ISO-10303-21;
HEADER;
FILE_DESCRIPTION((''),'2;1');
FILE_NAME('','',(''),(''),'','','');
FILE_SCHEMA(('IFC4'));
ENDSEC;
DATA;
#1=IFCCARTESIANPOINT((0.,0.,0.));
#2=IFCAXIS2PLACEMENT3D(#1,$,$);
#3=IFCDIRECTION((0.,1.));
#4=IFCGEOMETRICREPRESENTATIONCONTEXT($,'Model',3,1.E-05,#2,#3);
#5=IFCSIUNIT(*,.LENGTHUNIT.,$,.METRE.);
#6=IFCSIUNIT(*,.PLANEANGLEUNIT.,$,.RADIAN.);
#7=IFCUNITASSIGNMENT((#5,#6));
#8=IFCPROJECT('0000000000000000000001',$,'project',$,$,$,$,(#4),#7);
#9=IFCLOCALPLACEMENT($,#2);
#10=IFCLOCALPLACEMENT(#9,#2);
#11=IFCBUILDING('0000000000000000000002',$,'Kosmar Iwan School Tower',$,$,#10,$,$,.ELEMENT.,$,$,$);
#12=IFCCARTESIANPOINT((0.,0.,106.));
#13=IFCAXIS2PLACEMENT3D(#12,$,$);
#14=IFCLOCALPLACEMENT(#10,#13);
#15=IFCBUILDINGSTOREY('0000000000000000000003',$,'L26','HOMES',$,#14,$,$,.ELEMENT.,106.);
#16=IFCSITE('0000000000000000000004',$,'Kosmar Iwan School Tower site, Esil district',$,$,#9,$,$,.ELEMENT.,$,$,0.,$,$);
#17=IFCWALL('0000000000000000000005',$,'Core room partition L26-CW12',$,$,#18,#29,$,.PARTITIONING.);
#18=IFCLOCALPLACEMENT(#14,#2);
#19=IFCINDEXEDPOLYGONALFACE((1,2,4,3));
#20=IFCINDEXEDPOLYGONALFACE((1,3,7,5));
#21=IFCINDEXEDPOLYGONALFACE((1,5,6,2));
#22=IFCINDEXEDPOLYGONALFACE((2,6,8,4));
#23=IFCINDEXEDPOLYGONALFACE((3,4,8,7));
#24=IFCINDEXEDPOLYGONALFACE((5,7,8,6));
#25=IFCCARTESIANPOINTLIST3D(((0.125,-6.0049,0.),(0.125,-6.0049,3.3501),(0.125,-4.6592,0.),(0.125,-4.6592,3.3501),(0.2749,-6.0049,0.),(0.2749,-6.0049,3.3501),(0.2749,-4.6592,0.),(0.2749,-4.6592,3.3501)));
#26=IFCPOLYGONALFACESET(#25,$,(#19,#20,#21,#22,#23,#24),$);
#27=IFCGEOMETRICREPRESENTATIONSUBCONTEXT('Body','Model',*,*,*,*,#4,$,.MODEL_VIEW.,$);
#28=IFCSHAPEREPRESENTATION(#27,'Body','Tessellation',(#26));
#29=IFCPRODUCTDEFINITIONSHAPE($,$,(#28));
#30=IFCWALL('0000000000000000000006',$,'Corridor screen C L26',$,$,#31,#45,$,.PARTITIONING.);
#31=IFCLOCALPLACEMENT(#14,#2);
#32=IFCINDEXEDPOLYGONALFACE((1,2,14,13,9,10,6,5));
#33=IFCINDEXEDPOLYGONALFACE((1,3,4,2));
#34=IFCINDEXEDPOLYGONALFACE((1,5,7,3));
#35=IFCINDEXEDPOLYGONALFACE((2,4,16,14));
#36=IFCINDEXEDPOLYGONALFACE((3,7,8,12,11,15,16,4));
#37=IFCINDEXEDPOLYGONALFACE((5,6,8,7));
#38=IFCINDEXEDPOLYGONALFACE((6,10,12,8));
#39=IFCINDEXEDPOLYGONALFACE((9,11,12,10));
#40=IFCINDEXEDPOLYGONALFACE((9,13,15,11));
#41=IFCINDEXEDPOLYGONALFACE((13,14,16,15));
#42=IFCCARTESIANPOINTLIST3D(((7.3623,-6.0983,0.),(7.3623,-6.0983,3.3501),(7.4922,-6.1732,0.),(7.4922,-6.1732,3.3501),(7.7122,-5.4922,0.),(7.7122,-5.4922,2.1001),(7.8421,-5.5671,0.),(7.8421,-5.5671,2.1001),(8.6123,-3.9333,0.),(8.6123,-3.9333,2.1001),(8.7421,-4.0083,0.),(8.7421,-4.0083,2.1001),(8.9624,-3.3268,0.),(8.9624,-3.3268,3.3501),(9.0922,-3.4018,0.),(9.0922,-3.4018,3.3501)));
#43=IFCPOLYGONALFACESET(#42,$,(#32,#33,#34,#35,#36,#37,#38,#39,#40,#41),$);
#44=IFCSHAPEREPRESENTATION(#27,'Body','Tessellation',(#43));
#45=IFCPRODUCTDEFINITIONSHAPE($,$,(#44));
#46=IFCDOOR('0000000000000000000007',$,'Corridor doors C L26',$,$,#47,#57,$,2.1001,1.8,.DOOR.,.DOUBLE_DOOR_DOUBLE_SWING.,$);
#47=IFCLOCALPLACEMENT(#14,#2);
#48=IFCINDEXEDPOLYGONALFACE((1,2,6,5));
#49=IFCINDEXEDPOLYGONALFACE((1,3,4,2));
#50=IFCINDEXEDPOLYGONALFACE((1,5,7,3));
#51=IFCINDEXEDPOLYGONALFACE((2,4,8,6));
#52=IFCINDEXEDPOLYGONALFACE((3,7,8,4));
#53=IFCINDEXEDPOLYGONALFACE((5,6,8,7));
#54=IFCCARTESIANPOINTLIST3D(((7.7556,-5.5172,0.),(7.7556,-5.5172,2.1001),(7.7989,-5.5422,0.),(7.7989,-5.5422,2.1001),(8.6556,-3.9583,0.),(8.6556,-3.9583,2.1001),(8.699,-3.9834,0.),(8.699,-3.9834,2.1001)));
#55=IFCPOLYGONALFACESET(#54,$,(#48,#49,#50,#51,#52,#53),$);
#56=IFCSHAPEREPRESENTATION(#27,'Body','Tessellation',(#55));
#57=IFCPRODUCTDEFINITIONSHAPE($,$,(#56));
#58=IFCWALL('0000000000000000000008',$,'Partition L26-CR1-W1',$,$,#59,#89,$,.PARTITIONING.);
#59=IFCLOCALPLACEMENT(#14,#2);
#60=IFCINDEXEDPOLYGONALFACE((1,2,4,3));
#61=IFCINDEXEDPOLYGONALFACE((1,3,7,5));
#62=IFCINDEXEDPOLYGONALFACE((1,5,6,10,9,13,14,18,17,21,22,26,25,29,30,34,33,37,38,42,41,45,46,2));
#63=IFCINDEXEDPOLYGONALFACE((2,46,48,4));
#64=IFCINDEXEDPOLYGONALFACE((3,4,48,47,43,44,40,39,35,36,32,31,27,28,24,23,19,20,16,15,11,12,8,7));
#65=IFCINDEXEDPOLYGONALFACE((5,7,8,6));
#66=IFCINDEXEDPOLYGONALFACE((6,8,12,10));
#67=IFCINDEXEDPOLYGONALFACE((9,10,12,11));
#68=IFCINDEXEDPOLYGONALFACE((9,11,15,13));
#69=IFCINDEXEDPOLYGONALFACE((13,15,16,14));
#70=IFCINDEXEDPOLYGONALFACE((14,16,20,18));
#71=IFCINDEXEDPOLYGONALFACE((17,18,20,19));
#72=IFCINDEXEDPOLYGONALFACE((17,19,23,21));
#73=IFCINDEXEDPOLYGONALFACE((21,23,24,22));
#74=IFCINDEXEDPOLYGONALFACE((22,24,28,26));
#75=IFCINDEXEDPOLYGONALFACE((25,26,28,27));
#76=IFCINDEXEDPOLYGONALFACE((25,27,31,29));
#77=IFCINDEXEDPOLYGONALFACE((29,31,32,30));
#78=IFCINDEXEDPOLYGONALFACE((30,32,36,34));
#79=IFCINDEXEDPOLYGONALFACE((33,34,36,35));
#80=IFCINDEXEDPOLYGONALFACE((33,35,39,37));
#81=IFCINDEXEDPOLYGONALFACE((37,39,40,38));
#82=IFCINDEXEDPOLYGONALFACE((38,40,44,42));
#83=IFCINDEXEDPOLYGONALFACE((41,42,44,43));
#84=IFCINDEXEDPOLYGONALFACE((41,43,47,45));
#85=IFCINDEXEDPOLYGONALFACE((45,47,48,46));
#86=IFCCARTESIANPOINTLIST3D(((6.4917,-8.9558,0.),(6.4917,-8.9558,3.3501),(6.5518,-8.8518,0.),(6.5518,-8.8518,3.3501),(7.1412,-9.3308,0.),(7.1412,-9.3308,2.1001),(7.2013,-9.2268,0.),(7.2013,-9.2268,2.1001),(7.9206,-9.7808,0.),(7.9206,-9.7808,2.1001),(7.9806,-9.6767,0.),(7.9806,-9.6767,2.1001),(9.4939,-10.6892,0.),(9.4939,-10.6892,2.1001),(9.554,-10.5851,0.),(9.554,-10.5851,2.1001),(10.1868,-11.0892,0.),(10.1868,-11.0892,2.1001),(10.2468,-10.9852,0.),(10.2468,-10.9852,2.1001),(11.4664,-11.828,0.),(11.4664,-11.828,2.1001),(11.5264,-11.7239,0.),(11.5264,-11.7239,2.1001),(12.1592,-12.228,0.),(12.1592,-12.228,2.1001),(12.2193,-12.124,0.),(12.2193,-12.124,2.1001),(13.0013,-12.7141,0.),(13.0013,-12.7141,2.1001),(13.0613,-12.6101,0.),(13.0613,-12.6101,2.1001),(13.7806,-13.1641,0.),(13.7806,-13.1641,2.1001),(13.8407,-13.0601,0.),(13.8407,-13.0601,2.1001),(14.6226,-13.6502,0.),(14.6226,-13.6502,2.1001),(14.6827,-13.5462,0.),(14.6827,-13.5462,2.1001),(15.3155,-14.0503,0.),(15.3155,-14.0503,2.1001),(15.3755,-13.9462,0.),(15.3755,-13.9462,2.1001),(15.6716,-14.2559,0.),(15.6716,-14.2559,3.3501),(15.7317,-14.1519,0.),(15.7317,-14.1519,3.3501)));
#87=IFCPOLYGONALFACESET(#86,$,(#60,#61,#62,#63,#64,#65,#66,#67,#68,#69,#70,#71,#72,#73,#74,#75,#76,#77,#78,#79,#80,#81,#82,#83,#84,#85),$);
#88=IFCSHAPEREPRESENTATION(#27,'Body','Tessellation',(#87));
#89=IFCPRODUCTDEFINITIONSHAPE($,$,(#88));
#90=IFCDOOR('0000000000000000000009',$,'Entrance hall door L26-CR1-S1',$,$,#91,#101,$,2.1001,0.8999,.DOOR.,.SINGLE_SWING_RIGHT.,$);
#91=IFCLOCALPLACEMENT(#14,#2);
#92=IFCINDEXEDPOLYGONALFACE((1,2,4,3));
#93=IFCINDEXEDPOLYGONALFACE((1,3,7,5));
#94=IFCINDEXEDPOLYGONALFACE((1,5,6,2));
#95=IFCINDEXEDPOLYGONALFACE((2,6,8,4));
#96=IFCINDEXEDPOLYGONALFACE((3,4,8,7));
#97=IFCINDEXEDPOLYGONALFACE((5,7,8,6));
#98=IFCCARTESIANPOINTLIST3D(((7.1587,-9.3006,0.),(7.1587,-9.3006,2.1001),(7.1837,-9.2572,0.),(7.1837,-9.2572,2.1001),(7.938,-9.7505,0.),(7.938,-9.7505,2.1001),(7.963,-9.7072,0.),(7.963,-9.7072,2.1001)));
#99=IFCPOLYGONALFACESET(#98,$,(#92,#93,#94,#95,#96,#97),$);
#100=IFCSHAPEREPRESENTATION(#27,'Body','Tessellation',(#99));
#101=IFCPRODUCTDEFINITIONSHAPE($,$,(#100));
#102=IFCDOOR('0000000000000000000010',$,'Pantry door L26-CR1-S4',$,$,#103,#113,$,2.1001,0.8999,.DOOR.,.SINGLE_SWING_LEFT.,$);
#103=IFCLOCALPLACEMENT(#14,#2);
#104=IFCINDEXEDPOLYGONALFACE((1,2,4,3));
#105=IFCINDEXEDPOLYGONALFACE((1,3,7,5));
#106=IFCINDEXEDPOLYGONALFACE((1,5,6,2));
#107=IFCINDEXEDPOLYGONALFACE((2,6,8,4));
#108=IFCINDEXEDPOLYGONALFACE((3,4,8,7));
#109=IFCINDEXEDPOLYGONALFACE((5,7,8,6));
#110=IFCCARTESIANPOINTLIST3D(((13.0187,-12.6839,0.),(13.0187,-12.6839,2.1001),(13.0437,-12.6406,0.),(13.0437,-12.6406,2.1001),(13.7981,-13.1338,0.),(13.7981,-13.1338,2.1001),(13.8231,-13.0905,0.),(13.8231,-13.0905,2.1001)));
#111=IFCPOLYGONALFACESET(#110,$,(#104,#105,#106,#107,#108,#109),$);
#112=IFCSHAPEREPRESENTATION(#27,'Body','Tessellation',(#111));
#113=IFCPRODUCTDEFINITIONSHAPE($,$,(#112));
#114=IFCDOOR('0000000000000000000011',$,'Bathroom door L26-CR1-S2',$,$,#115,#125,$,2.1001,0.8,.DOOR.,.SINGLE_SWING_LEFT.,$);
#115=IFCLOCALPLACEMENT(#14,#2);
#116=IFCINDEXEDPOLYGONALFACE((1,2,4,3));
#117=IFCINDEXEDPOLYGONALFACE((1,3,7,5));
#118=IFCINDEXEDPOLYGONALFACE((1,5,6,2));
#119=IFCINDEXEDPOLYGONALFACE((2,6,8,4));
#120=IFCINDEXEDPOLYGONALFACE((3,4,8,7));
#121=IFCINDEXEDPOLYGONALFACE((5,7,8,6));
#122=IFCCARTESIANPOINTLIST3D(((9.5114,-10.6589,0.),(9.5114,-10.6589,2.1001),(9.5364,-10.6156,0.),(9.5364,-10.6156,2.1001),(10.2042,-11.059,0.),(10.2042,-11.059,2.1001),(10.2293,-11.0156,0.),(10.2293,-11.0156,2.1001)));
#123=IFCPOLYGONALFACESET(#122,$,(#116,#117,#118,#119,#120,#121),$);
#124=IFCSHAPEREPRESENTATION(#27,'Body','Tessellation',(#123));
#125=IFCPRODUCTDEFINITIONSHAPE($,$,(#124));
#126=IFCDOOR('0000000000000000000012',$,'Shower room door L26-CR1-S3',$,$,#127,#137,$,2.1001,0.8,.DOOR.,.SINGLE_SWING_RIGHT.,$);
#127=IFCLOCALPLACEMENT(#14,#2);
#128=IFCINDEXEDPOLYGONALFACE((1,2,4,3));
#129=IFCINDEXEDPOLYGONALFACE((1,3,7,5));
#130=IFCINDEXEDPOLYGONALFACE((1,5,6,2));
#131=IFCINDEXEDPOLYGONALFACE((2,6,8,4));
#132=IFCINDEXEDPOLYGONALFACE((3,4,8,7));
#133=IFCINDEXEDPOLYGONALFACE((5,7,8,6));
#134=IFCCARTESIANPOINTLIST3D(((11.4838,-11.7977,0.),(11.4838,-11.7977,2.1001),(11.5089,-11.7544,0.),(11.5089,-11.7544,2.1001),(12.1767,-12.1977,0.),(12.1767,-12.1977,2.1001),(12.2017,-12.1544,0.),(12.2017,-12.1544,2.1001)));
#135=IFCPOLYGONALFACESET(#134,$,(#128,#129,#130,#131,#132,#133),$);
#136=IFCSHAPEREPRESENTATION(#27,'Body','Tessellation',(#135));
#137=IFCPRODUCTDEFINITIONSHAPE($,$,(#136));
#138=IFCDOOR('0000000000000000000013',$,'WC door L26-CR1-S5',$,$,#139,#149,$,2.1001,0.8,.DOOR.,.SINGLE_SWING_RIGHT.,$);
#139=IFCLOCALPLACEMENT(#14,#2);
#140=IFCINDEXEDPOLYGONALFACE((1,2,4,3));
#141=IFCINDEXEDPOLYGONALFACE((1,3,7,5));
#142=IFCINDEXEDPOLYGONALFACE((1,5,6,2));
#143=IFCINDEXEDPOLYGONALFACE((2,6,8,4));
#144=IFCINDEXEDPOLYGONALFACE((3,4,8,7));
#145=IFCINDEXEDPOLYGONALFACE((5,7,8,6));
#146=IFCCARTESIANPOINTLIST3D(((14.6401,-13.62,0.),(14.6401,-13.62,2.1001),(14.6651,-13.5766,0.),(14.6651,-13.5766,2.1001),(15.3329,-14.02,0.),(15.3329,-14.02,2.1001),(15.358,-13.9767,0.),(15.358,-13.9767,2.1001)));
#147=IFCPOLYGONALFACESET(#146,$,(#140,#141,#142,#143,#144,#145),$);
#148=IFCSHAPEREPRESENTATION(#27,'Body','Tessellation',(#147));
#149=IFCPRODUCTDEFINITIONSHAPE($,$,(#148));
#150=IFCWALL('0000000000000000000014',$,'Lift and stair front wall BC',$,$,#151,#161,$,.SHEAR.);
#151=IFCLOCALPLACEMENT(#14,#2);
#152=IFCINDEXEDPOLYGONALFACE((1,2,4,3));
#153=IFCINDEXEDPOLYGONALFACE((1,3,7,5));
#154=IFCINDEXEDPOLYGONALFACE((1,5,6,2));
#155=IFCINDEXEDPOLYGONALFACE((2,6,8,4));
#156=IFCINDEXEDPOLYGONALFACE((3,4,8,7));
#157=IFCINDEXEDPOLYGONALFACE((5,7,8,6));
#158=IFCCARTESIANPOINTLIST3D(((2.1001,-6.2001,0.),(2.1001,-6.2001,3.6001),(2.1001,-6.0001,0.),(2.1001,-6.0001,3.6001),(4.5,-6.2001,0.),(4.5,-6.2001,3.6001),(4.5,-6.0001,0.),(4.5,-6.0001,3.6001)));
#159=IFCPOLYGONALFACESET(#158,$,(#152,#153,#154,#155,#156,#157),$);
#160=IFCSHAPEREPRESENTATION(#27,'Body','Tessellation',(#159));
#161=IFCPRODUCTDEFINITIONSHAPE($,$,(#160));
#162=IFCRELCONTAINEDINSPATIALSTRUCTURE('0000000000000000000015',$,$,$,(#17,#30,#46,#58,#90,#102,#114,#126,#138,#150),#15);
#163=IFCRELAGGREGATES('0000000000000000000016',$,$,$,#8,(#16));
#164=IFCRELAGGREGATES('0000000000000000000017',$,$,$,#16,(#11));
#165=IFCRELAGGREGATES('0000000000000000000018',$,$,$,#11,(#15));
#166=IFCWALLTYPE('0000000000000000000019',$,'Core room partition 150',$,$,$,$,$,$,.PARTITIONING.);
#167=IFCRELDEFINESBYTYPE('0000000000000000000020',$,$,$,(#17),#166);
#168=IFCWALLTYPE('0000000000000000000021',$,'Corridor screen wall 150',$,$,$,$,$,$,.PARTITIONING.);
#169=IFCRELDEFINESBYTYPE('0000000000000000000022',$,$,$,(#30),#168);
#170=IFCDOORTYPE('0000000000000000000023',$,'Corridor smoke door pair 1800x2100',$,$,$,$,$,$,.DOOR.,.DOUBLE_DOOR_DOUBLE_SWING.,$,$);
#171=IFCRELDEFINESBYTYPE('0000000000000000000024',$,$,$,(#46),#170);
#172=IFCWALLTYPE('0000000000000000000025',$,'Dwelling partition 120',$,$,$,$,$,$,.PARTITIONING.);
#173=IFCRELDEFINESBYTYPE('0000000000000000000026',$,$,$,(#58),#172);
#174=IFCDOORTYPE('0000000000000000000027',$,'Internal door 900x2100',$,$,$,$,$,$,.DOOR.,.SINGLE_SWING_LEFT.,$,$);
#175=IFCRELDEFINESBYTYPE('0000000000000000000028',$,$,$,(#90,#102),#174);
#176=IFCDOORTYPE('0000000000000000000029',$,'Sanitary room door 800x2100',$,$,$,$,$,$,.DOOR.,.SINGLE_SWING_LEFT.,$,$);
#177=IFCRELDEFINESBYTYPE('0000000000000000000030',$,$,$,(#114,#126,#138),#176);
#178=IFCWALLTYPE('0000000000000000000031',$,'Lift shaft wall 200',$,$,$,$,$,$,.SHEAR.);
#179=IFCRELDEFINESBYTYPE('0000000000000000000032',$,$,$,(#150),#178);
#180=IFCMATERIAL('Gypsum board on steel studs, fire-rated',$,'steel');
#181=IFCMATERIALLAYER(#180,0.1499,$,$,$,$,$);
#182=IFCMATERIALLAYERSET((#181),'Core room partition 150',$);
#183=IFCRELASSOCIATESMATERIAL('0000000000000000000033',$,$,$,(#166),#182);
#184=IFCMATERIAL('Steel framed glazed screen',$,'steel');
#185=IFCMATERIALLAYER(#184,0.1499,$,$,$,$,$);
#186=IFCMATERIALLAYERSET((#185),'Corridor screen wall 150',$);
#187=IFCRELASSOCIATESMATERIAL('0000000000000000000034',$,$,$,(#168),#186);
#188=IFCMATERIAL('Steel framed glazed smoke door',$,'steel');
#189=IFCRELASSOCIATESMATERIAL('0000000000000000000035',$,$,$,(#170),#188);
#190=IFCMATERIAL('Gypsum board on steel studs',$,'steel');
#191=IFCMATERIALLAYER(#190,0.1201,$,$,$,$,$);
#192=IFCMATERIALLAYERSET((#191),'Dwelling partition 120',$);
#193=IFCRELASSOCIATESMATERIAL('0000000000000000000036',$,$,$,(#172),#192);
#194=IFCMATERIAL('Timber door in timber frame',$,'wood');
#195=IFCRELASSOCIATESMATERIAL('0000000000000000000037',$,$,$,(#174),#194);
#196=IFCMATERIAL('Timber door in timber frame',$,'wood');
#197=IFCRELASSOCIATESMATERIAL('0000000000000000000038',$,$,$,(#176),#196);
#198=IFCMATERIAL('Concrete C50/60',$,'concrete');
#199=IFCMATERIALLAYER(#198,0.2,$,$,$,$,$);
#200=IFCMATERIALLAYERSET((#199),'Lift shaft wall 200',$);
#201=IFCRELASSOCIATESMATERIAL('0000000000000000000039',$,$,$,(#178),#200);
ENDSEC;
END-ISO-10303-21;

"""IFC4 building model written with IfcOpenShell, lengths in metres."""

from ifc_helpers import new_model, si_unit, direction, frame, frame_2d, origin, place, context, subcontext, project, spatial, rectangle, extrude, material, layer, layer_set, type_object, element, fill, save


model = new_model("IFC4")

# Units and contexts
model_context = context("Model", 3, precision=1e-05, world=origin(), true_north=direction((0.0, 1.0)))
body_context = subcontext(model_context, "Body", "Model", "MODEL_VIEW")
ifc_project = project(units=[si_unit("LENGTHUNIT", "METRE"), si_unit("PLANEANGLEUNIT", "RADIAN")], contexts=[model_context])

# Site, building, storey
site_placement = place(None, origin())
site = spatial("IfcSite", under=ifc_project, at=site_placement, Name="Kosmar Iwan School Tower site, Esil district", CompositionType="ELEMENT", RefElevation=0.0)
building_placement = place(site_placement, origin())
building = spatial("IfcBuilding", under=site, at=building_placement, Name="Kosmar Iwan School Tower", CompositionType="ELEMENT")
storey_placement = place(building_placement, frame((0.0, 0.0, 106.0)))
storey = spatial("IfcBuildingStorey", under=building, at=storey_placement, Name="L26", Description="HOMES", CompositionType="ELEMENT", Elevation=106.0)

# Wall
ifc_material_1 = material(Name="Gypsum board on steel studs, fire-rated", Category="steel")
ifc_layer_1 = layer(ifc_material_1, 0.1499)
ifc_layer_set_1 = layer_set([ifc_layer_1], Name="Core room partition 150")
wall_type_1 = type_object("IfcWallType", Name="Core room partition 150", PredefinedType="PARTITIONING", material=ifc_layer_set_1)
wall_1_placement = place(storey_placement, frame((0.2, -6.0049, 0.0), z_axis=(0.0, 0.0, 1.0), x_axis=(0.0, 1.0, 0.0)))
element("IfcWall", 1, at=wall_1_placement, inside=storey, type_object=wall_type_1, Name="Core room partition L26-CW12", PredefinedType="PARTITIONING", context=body_context, shape_type="SweptSolid", body=[
    extrude(rectangle(XDim=1.3457, YDim=0.1499, at=frame_2d((0.6729, 0.0))), origin(), (0.0, 0.0, 1.0), 3.3501),
])

# Wall, opening, door
ifc_material_2 = material(Name="Steel framed glazed screen", Category="steel")
ifc_layer_2 = layer(ifc_material_2, 0.1499)
ifc_layer_set_2 = layer_set([ifc_layer_2], Name="Corridor screen wall 150")
wall_type_2 = type_object("IfcWallType", Name="Corridor screen wall 150", PredefinedType="PARTITIONING", material=ifc_layer_set_2)
wall_2_placement = place(storey_placement, frame((7.4272, -6.1357, 0.0), z_axis=(0.0, 0.0, 1.0), x_axis=(0.499995, 0.866028, 0.0)))
wall_2 = element("IfcWall", 2, at=wall_2_placement, inside=storey, type_object=wall_type_2, Name="Corridor screen C L26", PredefinedType="PARTITIONING", context=body_context, shape_type="SweptSolid", body=[
    extrude(rectangle(XDim=3.2002, YDim=0.1499, at=frame_2d((1.6001, 0.0))), origin(), (0.0, 0.0, 1.0), 3.3501),
])
opening_1_placement = place(wall_2_placement, frame((0.7, 0.0, 0.0)))
opening_1 = element("IfcOpeningElement", 3, at=opening_1_placement, cuts=wall_2, PredefinedType="OPENING", context=body_context, shape_type="SweptSolid", body=[
    extrude(rectangle(XDim=1.8, YDim=2.1001, at=frame_2d((0.8999, 1.05))), frame((0.0, 0.0869, 0.0), z_axis=(0.0, -1.0, 0.0), x_axis=(1.0, 0.0, 0.0)), (0.0, 0.0, 1.0), 0.1738),
])
ifc_material_3 = material(Name="Steel framed glazed smoke door", Category="steel")
door_type_1 = type_object("IfcDoorType", Name="Corridor smoke door pair 1800x2100", OperationType="DOUBLE_DOOR_DOUBLE_SWING", PredefinedType="DOOR", material=ifc_material_3)
door_1_placement = place(opening_1_placement, origin())
door_1 = element("IfcDoor", 4, at=door_1_placement, inside=storey, type_object=door_type_1, Name="Corridor doors C L26", OperationType="DOUBLE_DOOR_DOUBLE_SWING", OverallHeight=2.1001, OverallWidth=1.8, PredefinedType="DOOR", context=body_context, shape_type="SweptSolid", body=[
    extrude(rectangle(XDim=1.8, YDim=2.1001, at=frame_2d((0.8999, 1.05))), frame((0.0, 0.0249, 0.0), z_axis=(0.0, -1.0, 0.0), x_axis=(1.0, 0.0, 0.0)), (0.0, 0.0, 1.0), 0.05),
])
fill(opening_1, door_1)

# Wall, openings, doors
ifc_material_4 = material(Name="Gypsum board on steel studs", Category="steel")
ifc_layer_3 = layer(ifc_material_4, 0.1201)
ifc_layer_set_3 = layer_set([ifc_layer_3], Name="Dwelling partition 120")
wall_type_3 = type_object("IfcWallType", Name="Dwelling partition 120", PredefinedType="PARTITIONING", material=ifc_layer_set_3)
wall_3_placement = place(storey_placement, frame((6.5217, -8.9038, 0.0), z_axis=(0.0, 0.0, 1.0), x_axis=(0.866025, -0.500001, 0.0)))
wall_3 = element("IfcWall", 5, at=wall_3_placement, inside=storey, type_object=wall_type_3, Name="Partition L26-CR1-W1", PredefinedType="PARTITIONING", context=body_context, shape_type="SweptSolid", body=[
    extrude(rectangle(XDim=10.6001, YDim=0.1201, at=frame_2d((5.3, 0.0))), origin(), (0.0, 0.0, 1.0), 3.3501),
])
opening_2_placement = place(wall_3_placement, frame((0.75, 0.0, 0.0)))
opening_2 = element("IfcOpeningElement", 6, at=opening_2_placement, cuts=wall_3, PredefinedType="OPENING", context=body_context, shape_type="SweptSolid", body=[
    extrude(rectangle(XDim=0.8999, YDim=2.1001, at=frame_2d((0.45, 1.05))), frame((0.0, 0.072, 0.0), z_axis=(0.0, -1.0, 0.0), x_axis=(1.0, 0.0, 0.0)), (0.0, 0.0, 1.0), 0.144),
])
opening_3_placement = place(wall_3_placement, frame((3.4668, 0.0, 0.0)))
opening_3 = element("IfcOpeningElement", 7, at=opening_3_placement, cuts=wall_3, PredefinedType="OPENING", context=body_context, shape_type="SweptSolid", body=[
    extrude(rectangle(XDim=0.8, YDim=2.1001, at=frame_2d((0.3999, 1.05))), frame((0.0, 0.072, 0.0), z_axis=(0.0, -1.0, 0.0), x_axis=(1.0, 0.0, 0.0)), (0.0, 0.0, 1.0), 0.144),
])
opening_4_placement = place(wall_3_placement, frame((5.7444, 0.0, 0.0)))
opening_4 = element("IfcOpeningElement", 8, at=opening_4_placement, cuts=wall_3, PredefinedType="OPENING", context=body_context, shape_type="SweptSolid", body=[
    extrude(rectangle(XDim=0.8, YDim=2.1001, at=frame_2d((0.3999, 1.05))), frame((0.0, 0.072, 0.0), z_axis=(0.0, -1.0, 0.0), x_axis=(1.0, 0.0, 0.0)), (0.0, 0.0, 1.0), 0.144),
])
opening_5_placement = place(wall_3_placement, frame((7.5166, 0.0, 0.0)))
opening_5 = element("IfcOpeningElement", 9, at=opening_5_placement, cuts=wall_3, PredefinedType="OPENING", context=body_context, shape_type="SweptSolid", body=[
    extrude(rectangle(XDim=0.8999, YDim=2.1001, at=frame_2d((0.45, 1.05))), frame((0.0, 0.072, 0.0), z_axis=(0.0, -1.0, 0.0), x_axis=(1.0, 0.0, 0.0)), (0.0, 0.0, 1.0), 0.144),
])
opening_6_placement = place(wall_3_placement, frame((9.3889, 0.0, 0.0)))
opening_6 = element("IfcOpeningElement", 10, at=opening_6_placement, cuts=wall_3, PredefinedType="OPENING", context=body_context, shape_type="SweptSolid", body=[
    extrude(rectangle(XDim=0.8, YDim=2.1001, at=frame_2d((0.3999, 1.05))), frame((0.0, 0.072, 0.0), z_axis=(0.0, -1.0, 0.0), x_axis=(1.0, 0.0, 0.0)), (0.0, 0.0, 1.0), 0.144),
])
ifc_material_5 = material(Name="Timber door in timber frame", Category="wood")
door_type_2 = type_object("IfcDoorType", Name="Internal door 900x2100", OperationType="SINGLE_SWING_LEFT", PredefinedType="DOOR", material=ifc_material_5)
door_2_placement = place(opening_2_placement, origin())
door_2 = element("IfcDoor", 11, at=door_2_placement, inside=storey, type_object=door_type_2, Name="Entrance hall door L26-CR1-S1", OperationType="SINGLE_SWING_RIGHT", OverallHeight=2.1001, OverallWidth=0.8999, PredefinedType="DOOR", context=body_context, shape_type="SweptSolid", body=[
    extrude(rectangle(XDim=0.8999, YDim=2.1001, at=frame_2d((0.45, 1.05))), frame((0.0, 0.0249, 0.0), z_axis=(0.0, -1.0, 0.0), x_axis=(1.0, 0.0, 0.0)), (0.0, 0.0, 1.0), 0.05),
])
fill(opening_2, door_2)
door_3_placement = place(opening_5_placement, origin())
door_3 = element("IfcDoor", 12, at=door_3_placement, inside=storey, type_object=door_type_2, Name="Pantry door L26-CR1-S4", OperationType="SINGLE_SWING_LEFT", OverallHeight=2.1001, OverallWidth=0.8999, PredefinedType="DOOR", context=body_context, shape_type="SweptSolid", body=[
    extrude(rectangle(XDim=0.8999, YDim=2.1001, at=frame_2d((0.45, 1.05))), frame((0.0, 0.0249, 0.0), z_axis=(0.0, -1.0, 0.0), x_axis=(1.0, 0.0, 0.0)), (0.0, 0.0, 1.0), 0.05),
])
fill(opening_5, door_3)
ifc_material_6 = material(Name="Timber door in timber frame", Category="wood")
door_type_3 = type_object("IfcDoorType", Name="Sanitary room door 800x2100", OperationType="SINGLE_SWING_LEFT", PredefinedType="DOOR", material=ifc_material_6)
door_4_placement = place(opening_3_placement, origin())
door_4 = element("IfcDoor", 13, at=door_4_placement, inside=storey, type_object=door_type_3, Name="Bathroom door L26-CR1-S2", OperationType="SINGLE_SWING_LEFT", OverallHeight=2.1001, OverallWidth=0.8, PredefinedType="DOOR", context=body_context, shape_type="SweptSolid", body=[
    extrude(rectangle(XDim=0.8, YDim=2.1001, at=frame_2d((0.3999, 1.05))), frame((0.0, 0.0249, 0.0), z_axis=(0.0, -1.0, 0.0), x_axis=(1.0, 0.0, 0.0)), (0.0, 0.0, 1.0), 0.05),
])
fill(opening_3, door_4)
door_5_placement = place(opening_4_placement, origin())
door_5 = element("IfcDoor", 14, at=door_5_placement, inside=storey, type_object=door_type_3, Name="Shower room door L26-CR1-S3", OperationType="SINGLE_SWING_RIGHT", OverallHeight=2.1001, OverallWidth=0.8, PredefinedType="DOOR", context=body_context, shape_type="SweptSolid", body=[
    extrude(rectangle(XDim=0.8, YDim=2.1001, at=frame_2d((0.3999, 1.05))), frame((0.0, 0.0249, 0.0), z_axis=(0.0, -1.0, 0.0), x_axis=(1.0, 0.0, 0.0)), (0.0, 0.0, 1.0), 0.05),
])
fill(opening_4, door_5)
door_6_placement = place(opening_6_placement, origin())
door_6 = element("IfcDoor", 15, at=door_6_placement, inside=storey, type_object=door_type_3, Name="WC door L26-CR1-S5", OperationType="SINGLE_SWING_RIGHT", OverallHeight=2.1001, OverallWidth=0.8, PredefinedType="DOOR", context=body_context, shape_type="SweptSolid", body=[
    extrude(rectangle(XDim=0.8, YDim=2.1001, at=frame_2d((0.3999, 1.05))), frame((0.0, 0.0249, 0.0), z_axis=(0.0, -1.0, 0.0), x_axis=(1.0, 0.0, 0.0)), (0.0, 0.0, 1.0), 0.05),
])
fill(opening_6, door_6)

# Wall
ifc_material_7 = material(Name="Concrete C50/60", Category="concrete")
ifc_layer_4 = layer(ifc_material_7, 0.2)
ifc_layer_set_4 = layer_set([ifc_layer_4], Name="Lift shaft wall 200")
wall_type_4 = type_object("IfcWallType", Name="Lift shaft wall 200", PredefinedType="SHEAR", material=ifc_layer_set_4)
wall_4_placement = place(storey_placement, frame((2.1001, -6.1001, 0.0), z_axis=(0.0, 0.0, 1.0), x_axis=(1.0, 0.0, 0.0)))
element("IfcWall", 16, at=wall_4_placement, inside=storey, type_object=wall_type_4, Name="Lift and stair front wall BC", PredefinedType="SHEAR", context=body_context, shape_type="SweptSolid", body=[
    extrude(rectangle(XDim=2.3999, YDim=0.2, at=frame_2d((1.2, 0.0))), origin(), (0.0, 0.0, 1.0), 3.6001),
])

save(model, "model.ifc")
